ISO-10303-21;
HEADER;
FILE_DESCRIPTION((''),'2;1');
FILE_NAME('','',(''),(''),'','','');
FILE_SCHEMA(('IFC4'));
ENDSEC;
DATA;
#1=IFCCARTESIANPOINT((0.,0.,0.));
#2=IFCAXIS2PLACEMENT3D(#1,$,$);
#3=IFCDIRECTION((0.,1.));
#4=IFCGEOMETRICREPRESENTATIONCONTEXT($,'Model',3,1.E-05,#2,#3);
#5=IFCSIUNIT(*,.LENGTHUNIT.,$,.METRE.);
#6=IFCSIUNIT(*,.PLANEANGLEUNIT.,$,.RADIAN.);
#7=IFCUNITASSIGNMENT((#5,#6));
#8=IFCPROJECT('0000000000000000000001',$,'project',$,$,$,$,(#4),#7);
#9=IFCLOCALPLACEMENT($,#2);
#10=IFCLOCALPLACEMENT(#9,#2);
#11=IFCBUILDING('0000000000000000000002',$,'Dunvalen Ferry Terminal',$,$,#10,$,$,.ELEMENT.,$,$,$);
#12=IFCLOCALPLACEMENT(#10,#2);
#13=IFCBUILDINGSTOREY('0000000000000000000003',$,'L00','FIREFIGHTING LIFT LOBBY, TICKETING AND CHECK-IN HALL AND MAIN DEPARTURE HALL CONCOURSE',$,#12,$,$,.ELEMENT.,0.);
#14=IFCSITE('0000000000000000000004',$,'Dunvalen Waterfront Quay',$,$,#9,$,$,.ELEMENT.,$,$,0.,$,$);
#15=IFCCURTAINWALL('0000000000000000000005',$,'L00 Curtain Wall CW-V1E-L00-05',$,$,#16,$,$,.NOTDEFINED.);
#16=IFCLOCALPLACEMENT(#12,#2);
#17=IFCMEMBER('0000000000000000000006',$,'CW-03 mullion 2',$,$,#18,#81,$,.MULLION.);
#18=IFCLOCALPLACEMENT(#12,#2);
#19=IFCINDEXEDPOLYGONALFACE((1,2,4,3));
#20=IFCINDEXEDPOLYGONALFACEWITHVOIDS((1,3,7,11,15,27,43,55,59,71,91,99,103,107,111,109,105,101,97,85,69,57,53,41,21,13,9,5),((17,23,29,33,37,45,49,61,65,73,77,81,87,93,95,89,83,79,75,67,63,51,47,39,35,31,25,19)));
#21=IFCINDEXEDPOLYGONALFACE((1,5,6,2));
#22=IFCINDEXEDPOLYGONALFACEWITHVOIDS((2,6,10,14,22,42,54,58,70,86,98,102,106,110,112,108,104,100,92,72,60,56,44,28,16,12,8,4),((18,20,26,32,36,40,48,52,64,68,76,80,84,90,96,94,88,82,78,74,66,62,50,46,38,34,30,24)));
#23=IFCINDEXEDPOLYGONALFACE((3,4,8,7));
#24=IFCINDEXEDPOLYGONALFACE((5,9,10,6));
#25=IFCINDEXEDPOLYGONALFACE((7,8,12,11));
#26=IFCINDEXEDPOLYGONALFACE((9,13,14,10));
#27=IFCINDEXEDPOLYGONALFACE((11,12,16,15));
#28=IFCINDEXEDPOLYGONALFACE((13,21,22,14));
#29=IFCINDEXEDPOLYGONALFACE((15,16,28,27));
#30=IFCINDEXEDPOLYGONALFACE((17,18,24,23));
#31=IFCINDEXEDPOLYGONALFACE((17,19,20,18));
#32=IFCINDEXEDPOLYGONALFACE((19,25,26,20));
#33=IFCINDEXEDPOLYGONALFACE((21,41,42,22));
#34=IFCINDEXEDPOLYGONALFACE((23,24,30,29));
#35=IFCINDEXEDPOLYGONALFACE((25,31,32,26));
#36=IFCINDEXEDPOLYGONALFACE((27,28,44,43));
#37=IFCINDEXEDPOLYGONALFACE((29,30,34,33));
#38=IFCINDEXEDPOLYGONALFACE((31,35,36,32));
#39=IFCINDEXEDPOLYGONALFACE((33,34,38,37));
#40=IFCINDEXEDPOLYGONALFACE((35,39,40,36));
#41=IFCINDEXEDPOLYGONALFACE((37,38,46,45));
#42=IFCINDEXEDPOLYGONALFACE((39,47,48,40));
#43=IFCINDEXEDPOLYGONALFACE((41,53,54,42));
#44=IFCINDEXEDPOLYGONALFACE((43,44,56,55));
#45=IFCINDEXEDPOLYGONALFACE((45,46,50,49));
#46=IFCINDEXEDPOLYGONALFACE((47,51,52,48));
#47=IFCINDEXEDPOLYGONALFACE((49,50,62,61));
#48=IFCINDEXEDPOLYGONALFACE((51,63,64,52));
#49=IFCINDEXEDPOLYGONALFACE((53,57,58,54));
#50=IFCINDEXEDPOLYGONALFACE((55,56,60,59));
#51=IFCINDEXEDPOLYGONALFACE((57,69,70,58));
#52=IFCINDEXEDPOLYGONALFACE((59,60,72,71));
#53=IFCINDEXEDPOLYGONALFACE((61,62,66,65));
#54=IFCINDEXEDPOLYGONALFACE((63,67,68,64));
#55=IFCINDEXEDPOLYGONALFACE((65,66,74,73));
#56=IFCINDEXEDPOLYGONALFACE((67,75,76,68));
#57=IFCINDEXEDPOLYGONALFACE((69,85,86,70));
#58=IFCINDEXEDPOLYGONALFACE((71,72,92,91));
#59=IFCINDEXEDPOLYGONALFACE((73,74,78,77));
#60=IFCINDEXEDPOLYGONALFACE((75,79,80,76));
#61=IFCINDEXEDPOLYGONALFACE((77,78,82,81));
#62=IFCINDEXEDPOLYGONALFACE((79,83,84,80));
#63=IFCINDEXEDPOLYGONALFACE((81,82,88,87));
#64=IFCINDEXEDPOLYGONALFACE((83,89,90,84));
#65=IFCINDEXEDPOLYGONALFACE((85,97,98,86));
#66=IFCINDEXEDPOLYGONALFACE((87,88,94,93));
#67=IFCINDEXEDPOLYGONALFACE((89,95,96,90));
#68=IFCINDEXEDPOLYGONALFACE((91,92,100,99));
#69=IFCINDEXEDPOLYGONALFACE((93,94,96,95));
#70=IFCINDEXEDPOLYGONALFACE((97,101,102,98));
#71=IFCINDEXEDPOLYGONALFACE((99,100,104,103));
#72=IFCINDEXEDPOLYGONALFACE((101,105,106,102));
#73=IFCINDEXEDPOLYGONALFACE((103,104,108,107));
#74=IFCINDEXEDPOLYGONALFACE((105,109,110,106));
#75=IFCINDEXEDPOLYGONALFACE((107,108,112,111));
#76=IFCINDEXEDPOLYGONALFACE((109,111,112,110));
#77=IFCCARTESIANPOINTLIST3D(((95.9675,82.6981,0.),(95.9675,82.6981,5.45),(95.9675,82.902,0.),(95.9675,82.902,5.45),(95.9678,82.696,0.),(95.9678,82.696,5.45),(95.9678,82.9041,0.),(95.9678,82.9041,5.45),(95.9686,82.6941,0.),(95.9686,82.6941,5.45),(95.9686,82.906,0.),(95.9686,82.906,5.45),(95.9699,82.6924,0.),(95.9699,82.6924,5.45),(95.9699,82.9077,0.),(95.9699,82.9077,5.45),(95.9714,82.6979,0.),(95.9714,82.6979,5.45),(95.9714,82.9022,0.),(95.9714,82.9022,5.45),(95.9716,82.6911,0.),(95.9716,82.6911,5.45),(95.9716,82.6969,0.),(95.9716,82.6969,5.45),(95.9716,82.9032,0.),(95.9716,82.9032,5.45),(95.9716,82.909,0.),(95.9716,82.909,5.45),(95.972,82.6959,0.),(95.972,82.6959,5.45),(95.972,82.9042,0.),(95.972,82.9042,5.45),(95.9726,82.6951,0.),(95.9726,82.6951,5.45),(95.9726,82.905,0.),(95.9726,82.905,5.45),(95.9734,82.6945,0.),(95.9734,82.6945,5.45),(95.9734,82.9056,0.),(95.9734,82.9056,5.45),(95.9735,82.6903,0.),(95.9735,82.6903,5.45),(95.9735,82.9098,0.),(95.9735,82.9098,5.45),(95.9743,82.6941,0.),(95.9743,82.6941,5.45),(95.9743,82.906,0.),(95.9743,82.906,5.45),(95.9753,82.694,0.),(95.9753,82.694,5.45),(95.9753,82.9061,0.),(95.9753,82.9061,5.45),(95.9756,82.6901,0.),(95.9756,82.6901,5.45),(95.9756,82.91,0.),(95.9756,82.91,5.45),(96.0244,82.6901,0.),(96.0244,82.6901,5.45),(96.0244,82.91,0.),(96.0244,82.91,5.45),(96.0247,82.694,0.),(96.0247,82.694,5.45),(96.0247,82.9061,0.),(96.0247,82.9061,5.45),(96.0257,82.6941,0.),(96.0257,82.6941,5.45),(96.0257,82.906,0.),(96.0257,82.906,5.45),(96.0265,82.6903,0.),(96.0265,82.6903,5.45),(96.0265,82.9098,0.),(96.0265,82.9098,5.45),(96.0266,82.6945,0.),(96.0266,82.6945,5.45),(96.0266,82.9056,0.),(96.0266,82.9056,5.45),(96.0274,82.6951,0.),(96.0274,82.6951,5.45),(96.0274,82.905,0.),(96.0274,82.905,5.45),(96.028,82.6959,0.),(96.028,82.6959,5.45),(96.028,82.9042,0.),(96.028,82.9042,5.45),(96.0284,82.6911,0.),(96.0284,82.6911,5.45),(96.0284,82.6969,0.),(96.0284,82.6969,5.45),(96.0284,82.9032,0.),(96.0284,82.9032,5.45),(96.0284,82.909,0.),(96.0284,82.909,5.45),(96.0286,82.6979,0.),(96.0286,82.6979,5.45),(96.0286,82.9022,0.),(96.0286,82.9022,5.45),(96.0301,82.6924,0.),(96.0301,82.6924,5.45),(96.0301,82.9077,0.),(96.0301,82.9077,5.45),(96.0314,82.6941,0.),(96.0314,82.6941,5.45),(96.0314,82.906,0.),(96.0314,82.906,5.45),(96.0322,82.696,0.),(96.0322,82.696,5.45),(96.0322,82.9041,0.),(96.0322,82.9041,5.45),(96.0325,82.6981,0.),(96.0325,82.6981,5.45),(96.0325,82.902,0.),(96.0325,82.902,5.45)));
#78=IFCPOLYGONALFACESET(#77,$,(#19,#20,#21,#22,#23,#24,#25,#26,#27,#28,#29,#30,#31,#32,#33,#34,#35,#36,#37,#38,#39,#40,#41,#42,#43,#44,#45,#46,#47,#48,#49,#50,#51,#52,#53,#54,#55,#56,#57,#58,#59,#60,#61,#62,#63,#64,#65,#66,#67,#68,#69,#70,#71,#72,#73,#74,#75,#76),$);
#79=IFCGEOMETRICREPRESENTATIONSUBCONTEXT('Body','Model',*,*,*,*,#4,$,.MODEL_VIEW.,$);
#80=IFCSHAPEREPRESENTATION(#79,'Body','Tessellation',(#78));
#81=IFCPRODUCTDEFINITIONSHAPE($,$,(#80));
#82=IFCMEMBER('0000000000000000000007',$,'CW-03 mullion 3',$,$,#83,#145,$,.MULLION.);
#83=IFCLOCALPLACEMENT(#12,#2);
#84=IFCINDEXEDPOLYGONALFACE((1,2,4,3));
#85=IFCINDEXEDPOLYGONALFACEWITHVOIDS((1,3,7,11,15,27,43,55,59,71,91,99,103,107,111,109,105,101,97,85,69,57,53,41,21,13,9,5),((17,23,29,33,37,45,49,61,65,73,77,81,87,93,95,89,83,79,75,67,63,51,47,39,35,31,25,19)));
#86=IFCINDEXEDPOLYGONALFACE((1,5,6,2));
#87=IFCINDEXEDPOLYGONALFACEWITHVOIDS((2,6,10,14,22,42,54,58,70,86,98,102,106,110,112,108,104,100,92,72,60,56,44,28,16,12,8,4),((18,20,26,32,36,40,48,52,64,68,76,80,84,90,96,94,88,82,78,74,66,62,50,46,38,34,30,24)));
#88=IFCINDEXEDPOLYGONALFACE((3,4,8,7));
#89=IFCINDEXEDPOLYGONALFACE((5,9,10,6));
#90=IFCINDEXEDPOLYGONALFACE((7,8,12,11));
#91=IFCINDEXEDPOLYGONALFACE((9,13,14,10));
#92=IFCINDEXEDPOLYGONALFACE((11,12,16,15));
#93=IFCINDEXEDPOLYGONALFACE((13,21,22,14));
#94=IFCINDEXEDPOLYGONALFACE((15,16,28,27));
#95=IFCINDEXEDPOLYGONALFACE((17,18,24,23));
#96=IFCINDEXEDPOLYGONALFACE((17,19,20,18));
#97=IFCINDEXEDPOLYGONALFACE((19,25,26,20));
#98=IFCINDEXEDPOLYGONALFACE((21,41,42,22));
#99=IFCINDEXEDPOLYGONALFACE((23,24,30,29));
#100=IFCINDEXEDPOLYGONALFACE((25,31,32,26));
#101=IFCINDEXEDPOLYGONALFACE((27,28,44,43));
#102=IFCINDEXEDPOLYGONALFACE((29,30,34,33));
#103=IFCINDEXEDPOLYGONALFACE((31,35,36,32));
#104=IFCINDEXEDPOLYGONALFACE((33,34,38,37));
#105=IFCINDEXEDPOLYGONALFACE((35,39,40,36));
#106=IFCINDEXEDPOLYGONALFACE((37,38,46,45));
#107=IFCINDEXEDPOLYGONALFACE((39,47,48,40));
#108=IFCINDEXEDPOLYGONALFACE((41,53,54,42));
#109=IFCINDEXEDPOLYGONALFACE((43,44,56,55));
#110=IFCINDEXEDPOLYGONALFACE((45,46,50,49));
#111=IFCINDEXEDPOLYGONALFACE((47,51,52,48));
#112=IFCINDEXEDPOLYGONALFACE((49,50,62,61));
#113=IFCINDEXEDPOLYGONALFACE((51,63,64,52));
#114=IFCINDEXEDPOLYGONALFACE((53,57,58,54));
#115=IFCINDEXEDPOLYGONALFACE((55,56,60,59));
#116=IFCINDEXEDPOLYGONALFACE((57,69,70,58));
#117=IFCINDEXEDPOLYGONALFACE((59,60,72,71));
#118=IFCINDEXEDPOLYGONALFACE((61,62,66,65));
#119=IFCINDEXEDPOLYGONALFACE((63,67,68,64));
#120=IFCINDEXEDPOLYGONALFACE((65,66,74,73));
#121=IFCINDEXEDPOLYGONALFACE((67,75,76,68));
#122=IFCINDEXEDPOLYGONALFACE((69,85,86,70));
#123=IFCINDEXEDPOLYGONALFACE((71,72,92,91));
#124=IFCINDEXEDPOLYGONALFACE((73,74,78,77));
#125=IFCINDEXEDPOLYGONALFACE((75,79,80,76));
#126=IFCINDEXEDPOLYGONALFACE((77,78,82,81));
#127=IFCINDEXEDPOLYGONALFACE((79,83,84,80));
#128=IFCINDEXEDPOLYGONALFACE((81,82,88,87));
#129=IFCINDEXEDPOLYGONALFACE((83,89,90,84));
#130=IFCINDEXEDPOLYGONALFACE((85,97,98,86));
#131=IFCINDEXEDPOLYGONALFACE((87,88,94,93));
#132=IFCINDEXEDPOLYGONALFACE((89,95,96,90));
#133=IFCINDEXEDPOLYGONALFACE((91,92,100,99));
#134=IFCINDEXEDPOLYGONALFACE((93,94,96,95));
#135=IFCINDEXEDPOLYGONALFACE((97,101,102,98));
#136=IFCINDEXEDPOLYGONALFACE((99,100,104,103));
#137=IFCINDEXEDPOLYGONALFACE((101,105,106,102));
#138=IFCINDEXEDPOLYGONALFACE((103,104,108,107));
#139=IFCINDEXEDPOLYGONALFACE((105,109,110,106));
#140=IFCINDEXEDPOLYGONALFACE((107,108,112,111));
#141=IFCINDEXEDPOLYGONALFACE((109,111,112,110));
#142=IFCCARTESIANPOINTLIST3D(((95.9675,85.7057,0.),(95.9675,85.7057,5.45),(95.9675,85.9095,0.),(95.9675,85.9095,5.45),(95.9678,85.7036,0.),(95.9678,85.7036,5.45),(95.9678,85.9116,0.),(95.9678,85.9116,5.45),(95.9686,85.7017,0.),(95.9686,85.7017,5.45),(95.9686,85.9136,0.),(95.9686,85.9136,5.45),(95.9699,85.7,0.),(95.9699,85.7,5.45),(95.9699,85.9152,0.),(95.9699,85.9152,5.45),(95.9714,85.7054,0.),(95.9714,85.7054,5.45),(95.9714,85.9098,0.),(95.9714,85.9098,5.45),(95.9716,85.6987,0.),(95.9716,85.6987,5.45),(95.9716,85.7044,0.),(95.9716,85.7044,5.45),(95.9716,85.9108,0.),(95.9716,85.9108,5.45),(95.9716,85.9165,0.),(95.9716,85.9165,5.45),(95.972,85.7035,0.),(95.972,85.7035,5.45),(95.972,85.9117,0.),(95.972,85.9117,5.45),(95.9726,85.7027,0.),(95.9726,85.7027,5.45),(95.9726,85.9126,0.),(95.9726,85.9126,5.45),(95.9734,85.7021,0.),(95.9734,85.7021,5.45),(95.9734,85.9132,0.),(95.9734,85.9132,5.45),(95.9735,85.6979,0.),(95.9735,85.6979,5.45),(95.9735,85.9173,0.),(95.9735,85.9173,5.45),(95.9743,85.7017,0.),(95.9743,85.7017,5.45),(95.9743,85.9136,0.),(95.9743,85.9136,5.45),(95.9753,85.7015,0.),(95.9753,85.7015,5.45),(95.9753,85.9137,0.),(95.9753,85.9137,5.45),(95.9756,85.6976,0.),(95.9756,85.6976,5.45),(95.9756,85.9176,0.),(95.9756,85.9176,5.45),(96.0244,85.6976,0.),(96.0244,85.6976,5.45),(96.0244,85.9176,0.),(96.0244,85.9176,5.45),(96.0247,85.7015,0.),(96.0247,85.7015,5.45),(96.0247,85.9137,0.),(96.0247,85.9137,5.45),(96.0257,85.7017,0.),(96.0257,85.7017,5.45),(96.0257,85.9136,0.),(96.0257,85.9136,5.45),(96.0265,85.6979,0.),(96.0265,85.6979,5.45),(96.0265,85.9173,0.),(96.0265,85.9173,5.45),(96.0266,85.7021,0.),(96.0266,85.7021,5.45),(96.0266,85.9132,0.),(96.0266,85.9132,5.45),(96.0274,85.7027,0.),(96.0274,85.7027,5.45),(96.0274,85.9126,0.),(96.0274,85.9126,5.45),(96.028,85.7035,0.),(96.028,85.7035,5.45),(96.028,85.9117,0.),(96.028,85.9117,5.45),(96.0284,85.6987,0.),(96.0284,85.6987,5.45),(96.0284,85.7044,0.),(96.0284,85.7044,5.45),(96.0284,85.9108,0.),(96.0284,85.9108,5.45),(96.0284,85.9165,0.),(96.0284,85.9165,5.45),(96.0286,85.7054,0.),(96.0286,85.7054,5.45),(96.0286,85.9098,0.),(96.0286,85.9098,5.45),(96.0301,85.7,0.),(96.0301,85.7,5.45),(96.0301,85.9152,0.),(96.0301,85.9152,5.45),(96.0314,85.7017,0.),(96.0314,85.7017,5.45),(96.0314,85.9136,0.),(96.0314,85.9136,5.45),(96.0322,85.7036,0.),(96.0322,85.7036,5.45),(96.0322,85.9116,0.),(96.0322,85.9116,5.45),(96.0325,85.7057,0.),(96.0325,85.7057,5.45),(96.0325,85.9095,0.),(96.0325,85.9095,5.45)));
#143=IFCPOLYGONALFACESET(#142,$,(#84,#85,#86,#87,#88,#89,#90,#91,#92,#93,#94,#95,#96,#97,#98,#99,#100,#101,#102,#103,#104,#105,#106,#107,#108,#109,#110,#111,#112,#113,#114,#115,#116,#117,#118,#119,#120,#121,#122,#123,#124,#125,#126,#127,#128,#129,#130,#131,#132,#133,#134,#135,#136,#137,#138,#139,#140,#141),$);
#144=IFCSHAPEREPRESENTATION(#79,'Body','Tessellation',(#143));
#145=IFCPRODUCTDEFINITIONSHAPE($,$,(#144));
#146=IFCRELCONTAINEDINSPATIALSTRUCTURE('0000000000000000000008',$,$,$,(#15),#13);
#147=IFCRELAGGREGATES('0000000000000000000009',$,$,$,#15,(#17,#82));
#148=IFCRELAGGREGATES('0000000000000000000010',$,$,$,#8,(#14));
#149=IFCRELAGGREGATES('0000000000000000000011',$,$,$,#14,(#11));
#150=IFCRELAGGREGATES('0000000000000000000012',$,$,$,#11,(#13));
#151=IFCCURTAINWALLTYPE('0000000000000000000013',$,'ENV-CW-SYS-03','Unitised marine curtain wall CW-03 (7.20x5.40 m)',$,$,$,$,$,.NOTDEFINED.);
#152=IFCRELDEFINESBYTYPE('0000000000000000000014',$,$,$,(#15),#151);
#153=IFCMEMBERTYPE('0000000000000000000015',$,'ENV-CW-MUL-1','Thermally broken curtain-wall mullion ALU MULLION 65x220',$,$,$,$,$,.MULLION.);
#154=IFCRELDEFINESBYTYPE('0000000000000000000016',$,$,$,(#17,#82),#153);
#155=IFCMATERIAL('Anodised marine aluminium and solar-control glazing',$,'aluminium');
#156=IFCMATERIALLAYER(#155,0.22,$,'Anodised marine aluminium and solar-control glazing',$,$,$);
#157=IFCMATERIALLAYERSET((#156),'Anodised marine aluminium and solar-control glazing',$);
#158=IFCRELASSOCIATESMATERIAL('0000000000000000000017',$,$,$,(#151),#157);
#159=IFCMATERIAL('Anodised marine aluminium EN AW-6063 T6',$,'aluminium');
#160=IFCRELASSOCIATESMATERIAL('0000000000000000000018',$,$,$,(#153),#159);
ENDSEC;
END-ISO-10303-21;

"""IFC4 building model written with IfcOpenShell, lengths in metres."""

from ifc_helpers import new_model, si_unit, direction, frame, origin, origin_2d, place, context, subcontext, project, spatial, hollow_rectangle, extrude, material, layer, layer_set, material_profile, profile_set, type_object, element, aggregate, save


model = new_model("IFC4")

# Units and contexts
model_context = context("Model", 3, precision=1e-05, world=origin(), true_north=direction((0.0, 1.0)))
body_context = subcontext(model_context, "Body", "Model", "MODEL_VIEW")
ifc_project = project(units=[si_unit("LENGTHUNIT", "METRE"), si_unit("PLANEANGLEUNIT", "RADIAN")], contexts=[model_context])

# Site, building, storey
site_placement = place(None, origin())
site = spatial("IfcSite", under=ifc_project, at=site_placement, Name="Dunvalen Waterfront Quay", CompositionType="ELEMENT", RefElevation=0.0)
building_placement = place(site_placement, origin())
building = spatial("IfcBuilding", under=site, at=building_placement, Name="Dunvalen Ferry Terminal", CompositionType="ELEMENT")
storey_placement = place(building_placement, origin())
storey = spatial("IfcBuildingStorey", under=building, at=storey_placement, Name="L00", Description="FIREFIGHTING LIFT LOBBY, TICKETING AND CHECK-IN HALL AND MAIN DEPARTURE HALL CONCOURSE", CompositionType="ELEMENT", Elevation=0.0)

# Shared definitions
ifc_material_1 = material(Name="Anodised marine aluminium and solar-control glazing", Category="aluminium")
ifc_layer_1 = layer(ifc_material_1, 0.22, Name="Anodised marine aluminium and solar-control glazing")
ifc_layer_set_1 = layer_set([ifc_layer_1], Name="Anodised marine aluminium and solar-control glazing")
curtain_wall_type = type_object("IfcCurtainWallType", Name="ENV-CW-SYS-03", Description="Unitised marine curtain wall CW-03 (7.20x5.40 m)", PredefinedType="NOTDEFINED", material=ifc_layer_set_1)
ifc_material_2 = material(Name="Anodised marine aluminium EN AW-6063 T6", Category="aluminium")
ifc_material_profile_1 = material_profile(ifc_material_2, hollow_rectangle(XDim=0.0649, YDim=0.22, WallThickness=0.0039, InnerFilletRadius=0.0039, OuterFilletRadius=0.0081, at=origin_2d()), Name="Anodised marine aluminium EN AW-6063 T6")
ifc_profile_set_1 = profile_set([ifc_material_profile_1], Name="Anodised marine aluminium EN AW-6063 T6")
member_type_1 = type_object("IfcMemberType", Name="ENV-CW-MUL-1", Description="Thermally broken curtain-wall mullion ALU MULLION 65x220", PredefinedType="MULLION", material=ifc_profile_set_1)

# Curtain wall, members
curtain_wall_1_placement = place(storey_placement, origin())
curtain_wall_1 = element("IfcCurtainWall", 1, at=curtain_wall_1_placement, inside=storey, type_object=curtain_wall_type, Name="L00 Curtain Wall CW-V1E-L00-05", PredefinedType="NOTDEFINED")
member_1_placement = place(storey_placement, frame((96.0, 82.8, 0.0), z_axis=(0.0, 0.0, 1.0), x_axis=(-1.0, 0.0, 0.0)))
member_1 = element("IfcMember", 2, at=member_1_placement, type_object=member_type_1, Name="CW-03 mullion 2", PredefinedType="MULLION", context=body_context, shape_type="SweptSolid", body=[
    extrude(hollow_rectangle(XDim=0.0649, YDim=0.22, WallThickness=0.0039, InnerFilletRadius=0.0039, OuterFilletRadius=0.0081, at=origin_2d()), origin(), (0.0, 0.0, 1.0), 5.45),
])
member_2_placement = place(storey_placement, frame((96.0, 85.8076, 0.0), z_axis=(0.0, 0.0, 1.0), x_axis=(-1.0, 0.0, 0.0)))
member_2 = element("IfcMember", 3, at=member_2_placement, type_object=member_type_1, Name="CW-03 mullion 3", PredefinedType="MULLION", context=body_context, shape_type="SweptSolid", body=[
    extrude(hollow_rectangle(XDim=0.0649, YDim=0.22, WallThickness=0.0039, InnerFilletRadius=0.0039, OuterFilletRadius=0.0081, at=origin_2d()), origin(), (0.0, 0.0, 1.0), 5.45),
])

aggregate(curtain_wall_1, [member_1, member_2])

save(model, "model.ifc")
